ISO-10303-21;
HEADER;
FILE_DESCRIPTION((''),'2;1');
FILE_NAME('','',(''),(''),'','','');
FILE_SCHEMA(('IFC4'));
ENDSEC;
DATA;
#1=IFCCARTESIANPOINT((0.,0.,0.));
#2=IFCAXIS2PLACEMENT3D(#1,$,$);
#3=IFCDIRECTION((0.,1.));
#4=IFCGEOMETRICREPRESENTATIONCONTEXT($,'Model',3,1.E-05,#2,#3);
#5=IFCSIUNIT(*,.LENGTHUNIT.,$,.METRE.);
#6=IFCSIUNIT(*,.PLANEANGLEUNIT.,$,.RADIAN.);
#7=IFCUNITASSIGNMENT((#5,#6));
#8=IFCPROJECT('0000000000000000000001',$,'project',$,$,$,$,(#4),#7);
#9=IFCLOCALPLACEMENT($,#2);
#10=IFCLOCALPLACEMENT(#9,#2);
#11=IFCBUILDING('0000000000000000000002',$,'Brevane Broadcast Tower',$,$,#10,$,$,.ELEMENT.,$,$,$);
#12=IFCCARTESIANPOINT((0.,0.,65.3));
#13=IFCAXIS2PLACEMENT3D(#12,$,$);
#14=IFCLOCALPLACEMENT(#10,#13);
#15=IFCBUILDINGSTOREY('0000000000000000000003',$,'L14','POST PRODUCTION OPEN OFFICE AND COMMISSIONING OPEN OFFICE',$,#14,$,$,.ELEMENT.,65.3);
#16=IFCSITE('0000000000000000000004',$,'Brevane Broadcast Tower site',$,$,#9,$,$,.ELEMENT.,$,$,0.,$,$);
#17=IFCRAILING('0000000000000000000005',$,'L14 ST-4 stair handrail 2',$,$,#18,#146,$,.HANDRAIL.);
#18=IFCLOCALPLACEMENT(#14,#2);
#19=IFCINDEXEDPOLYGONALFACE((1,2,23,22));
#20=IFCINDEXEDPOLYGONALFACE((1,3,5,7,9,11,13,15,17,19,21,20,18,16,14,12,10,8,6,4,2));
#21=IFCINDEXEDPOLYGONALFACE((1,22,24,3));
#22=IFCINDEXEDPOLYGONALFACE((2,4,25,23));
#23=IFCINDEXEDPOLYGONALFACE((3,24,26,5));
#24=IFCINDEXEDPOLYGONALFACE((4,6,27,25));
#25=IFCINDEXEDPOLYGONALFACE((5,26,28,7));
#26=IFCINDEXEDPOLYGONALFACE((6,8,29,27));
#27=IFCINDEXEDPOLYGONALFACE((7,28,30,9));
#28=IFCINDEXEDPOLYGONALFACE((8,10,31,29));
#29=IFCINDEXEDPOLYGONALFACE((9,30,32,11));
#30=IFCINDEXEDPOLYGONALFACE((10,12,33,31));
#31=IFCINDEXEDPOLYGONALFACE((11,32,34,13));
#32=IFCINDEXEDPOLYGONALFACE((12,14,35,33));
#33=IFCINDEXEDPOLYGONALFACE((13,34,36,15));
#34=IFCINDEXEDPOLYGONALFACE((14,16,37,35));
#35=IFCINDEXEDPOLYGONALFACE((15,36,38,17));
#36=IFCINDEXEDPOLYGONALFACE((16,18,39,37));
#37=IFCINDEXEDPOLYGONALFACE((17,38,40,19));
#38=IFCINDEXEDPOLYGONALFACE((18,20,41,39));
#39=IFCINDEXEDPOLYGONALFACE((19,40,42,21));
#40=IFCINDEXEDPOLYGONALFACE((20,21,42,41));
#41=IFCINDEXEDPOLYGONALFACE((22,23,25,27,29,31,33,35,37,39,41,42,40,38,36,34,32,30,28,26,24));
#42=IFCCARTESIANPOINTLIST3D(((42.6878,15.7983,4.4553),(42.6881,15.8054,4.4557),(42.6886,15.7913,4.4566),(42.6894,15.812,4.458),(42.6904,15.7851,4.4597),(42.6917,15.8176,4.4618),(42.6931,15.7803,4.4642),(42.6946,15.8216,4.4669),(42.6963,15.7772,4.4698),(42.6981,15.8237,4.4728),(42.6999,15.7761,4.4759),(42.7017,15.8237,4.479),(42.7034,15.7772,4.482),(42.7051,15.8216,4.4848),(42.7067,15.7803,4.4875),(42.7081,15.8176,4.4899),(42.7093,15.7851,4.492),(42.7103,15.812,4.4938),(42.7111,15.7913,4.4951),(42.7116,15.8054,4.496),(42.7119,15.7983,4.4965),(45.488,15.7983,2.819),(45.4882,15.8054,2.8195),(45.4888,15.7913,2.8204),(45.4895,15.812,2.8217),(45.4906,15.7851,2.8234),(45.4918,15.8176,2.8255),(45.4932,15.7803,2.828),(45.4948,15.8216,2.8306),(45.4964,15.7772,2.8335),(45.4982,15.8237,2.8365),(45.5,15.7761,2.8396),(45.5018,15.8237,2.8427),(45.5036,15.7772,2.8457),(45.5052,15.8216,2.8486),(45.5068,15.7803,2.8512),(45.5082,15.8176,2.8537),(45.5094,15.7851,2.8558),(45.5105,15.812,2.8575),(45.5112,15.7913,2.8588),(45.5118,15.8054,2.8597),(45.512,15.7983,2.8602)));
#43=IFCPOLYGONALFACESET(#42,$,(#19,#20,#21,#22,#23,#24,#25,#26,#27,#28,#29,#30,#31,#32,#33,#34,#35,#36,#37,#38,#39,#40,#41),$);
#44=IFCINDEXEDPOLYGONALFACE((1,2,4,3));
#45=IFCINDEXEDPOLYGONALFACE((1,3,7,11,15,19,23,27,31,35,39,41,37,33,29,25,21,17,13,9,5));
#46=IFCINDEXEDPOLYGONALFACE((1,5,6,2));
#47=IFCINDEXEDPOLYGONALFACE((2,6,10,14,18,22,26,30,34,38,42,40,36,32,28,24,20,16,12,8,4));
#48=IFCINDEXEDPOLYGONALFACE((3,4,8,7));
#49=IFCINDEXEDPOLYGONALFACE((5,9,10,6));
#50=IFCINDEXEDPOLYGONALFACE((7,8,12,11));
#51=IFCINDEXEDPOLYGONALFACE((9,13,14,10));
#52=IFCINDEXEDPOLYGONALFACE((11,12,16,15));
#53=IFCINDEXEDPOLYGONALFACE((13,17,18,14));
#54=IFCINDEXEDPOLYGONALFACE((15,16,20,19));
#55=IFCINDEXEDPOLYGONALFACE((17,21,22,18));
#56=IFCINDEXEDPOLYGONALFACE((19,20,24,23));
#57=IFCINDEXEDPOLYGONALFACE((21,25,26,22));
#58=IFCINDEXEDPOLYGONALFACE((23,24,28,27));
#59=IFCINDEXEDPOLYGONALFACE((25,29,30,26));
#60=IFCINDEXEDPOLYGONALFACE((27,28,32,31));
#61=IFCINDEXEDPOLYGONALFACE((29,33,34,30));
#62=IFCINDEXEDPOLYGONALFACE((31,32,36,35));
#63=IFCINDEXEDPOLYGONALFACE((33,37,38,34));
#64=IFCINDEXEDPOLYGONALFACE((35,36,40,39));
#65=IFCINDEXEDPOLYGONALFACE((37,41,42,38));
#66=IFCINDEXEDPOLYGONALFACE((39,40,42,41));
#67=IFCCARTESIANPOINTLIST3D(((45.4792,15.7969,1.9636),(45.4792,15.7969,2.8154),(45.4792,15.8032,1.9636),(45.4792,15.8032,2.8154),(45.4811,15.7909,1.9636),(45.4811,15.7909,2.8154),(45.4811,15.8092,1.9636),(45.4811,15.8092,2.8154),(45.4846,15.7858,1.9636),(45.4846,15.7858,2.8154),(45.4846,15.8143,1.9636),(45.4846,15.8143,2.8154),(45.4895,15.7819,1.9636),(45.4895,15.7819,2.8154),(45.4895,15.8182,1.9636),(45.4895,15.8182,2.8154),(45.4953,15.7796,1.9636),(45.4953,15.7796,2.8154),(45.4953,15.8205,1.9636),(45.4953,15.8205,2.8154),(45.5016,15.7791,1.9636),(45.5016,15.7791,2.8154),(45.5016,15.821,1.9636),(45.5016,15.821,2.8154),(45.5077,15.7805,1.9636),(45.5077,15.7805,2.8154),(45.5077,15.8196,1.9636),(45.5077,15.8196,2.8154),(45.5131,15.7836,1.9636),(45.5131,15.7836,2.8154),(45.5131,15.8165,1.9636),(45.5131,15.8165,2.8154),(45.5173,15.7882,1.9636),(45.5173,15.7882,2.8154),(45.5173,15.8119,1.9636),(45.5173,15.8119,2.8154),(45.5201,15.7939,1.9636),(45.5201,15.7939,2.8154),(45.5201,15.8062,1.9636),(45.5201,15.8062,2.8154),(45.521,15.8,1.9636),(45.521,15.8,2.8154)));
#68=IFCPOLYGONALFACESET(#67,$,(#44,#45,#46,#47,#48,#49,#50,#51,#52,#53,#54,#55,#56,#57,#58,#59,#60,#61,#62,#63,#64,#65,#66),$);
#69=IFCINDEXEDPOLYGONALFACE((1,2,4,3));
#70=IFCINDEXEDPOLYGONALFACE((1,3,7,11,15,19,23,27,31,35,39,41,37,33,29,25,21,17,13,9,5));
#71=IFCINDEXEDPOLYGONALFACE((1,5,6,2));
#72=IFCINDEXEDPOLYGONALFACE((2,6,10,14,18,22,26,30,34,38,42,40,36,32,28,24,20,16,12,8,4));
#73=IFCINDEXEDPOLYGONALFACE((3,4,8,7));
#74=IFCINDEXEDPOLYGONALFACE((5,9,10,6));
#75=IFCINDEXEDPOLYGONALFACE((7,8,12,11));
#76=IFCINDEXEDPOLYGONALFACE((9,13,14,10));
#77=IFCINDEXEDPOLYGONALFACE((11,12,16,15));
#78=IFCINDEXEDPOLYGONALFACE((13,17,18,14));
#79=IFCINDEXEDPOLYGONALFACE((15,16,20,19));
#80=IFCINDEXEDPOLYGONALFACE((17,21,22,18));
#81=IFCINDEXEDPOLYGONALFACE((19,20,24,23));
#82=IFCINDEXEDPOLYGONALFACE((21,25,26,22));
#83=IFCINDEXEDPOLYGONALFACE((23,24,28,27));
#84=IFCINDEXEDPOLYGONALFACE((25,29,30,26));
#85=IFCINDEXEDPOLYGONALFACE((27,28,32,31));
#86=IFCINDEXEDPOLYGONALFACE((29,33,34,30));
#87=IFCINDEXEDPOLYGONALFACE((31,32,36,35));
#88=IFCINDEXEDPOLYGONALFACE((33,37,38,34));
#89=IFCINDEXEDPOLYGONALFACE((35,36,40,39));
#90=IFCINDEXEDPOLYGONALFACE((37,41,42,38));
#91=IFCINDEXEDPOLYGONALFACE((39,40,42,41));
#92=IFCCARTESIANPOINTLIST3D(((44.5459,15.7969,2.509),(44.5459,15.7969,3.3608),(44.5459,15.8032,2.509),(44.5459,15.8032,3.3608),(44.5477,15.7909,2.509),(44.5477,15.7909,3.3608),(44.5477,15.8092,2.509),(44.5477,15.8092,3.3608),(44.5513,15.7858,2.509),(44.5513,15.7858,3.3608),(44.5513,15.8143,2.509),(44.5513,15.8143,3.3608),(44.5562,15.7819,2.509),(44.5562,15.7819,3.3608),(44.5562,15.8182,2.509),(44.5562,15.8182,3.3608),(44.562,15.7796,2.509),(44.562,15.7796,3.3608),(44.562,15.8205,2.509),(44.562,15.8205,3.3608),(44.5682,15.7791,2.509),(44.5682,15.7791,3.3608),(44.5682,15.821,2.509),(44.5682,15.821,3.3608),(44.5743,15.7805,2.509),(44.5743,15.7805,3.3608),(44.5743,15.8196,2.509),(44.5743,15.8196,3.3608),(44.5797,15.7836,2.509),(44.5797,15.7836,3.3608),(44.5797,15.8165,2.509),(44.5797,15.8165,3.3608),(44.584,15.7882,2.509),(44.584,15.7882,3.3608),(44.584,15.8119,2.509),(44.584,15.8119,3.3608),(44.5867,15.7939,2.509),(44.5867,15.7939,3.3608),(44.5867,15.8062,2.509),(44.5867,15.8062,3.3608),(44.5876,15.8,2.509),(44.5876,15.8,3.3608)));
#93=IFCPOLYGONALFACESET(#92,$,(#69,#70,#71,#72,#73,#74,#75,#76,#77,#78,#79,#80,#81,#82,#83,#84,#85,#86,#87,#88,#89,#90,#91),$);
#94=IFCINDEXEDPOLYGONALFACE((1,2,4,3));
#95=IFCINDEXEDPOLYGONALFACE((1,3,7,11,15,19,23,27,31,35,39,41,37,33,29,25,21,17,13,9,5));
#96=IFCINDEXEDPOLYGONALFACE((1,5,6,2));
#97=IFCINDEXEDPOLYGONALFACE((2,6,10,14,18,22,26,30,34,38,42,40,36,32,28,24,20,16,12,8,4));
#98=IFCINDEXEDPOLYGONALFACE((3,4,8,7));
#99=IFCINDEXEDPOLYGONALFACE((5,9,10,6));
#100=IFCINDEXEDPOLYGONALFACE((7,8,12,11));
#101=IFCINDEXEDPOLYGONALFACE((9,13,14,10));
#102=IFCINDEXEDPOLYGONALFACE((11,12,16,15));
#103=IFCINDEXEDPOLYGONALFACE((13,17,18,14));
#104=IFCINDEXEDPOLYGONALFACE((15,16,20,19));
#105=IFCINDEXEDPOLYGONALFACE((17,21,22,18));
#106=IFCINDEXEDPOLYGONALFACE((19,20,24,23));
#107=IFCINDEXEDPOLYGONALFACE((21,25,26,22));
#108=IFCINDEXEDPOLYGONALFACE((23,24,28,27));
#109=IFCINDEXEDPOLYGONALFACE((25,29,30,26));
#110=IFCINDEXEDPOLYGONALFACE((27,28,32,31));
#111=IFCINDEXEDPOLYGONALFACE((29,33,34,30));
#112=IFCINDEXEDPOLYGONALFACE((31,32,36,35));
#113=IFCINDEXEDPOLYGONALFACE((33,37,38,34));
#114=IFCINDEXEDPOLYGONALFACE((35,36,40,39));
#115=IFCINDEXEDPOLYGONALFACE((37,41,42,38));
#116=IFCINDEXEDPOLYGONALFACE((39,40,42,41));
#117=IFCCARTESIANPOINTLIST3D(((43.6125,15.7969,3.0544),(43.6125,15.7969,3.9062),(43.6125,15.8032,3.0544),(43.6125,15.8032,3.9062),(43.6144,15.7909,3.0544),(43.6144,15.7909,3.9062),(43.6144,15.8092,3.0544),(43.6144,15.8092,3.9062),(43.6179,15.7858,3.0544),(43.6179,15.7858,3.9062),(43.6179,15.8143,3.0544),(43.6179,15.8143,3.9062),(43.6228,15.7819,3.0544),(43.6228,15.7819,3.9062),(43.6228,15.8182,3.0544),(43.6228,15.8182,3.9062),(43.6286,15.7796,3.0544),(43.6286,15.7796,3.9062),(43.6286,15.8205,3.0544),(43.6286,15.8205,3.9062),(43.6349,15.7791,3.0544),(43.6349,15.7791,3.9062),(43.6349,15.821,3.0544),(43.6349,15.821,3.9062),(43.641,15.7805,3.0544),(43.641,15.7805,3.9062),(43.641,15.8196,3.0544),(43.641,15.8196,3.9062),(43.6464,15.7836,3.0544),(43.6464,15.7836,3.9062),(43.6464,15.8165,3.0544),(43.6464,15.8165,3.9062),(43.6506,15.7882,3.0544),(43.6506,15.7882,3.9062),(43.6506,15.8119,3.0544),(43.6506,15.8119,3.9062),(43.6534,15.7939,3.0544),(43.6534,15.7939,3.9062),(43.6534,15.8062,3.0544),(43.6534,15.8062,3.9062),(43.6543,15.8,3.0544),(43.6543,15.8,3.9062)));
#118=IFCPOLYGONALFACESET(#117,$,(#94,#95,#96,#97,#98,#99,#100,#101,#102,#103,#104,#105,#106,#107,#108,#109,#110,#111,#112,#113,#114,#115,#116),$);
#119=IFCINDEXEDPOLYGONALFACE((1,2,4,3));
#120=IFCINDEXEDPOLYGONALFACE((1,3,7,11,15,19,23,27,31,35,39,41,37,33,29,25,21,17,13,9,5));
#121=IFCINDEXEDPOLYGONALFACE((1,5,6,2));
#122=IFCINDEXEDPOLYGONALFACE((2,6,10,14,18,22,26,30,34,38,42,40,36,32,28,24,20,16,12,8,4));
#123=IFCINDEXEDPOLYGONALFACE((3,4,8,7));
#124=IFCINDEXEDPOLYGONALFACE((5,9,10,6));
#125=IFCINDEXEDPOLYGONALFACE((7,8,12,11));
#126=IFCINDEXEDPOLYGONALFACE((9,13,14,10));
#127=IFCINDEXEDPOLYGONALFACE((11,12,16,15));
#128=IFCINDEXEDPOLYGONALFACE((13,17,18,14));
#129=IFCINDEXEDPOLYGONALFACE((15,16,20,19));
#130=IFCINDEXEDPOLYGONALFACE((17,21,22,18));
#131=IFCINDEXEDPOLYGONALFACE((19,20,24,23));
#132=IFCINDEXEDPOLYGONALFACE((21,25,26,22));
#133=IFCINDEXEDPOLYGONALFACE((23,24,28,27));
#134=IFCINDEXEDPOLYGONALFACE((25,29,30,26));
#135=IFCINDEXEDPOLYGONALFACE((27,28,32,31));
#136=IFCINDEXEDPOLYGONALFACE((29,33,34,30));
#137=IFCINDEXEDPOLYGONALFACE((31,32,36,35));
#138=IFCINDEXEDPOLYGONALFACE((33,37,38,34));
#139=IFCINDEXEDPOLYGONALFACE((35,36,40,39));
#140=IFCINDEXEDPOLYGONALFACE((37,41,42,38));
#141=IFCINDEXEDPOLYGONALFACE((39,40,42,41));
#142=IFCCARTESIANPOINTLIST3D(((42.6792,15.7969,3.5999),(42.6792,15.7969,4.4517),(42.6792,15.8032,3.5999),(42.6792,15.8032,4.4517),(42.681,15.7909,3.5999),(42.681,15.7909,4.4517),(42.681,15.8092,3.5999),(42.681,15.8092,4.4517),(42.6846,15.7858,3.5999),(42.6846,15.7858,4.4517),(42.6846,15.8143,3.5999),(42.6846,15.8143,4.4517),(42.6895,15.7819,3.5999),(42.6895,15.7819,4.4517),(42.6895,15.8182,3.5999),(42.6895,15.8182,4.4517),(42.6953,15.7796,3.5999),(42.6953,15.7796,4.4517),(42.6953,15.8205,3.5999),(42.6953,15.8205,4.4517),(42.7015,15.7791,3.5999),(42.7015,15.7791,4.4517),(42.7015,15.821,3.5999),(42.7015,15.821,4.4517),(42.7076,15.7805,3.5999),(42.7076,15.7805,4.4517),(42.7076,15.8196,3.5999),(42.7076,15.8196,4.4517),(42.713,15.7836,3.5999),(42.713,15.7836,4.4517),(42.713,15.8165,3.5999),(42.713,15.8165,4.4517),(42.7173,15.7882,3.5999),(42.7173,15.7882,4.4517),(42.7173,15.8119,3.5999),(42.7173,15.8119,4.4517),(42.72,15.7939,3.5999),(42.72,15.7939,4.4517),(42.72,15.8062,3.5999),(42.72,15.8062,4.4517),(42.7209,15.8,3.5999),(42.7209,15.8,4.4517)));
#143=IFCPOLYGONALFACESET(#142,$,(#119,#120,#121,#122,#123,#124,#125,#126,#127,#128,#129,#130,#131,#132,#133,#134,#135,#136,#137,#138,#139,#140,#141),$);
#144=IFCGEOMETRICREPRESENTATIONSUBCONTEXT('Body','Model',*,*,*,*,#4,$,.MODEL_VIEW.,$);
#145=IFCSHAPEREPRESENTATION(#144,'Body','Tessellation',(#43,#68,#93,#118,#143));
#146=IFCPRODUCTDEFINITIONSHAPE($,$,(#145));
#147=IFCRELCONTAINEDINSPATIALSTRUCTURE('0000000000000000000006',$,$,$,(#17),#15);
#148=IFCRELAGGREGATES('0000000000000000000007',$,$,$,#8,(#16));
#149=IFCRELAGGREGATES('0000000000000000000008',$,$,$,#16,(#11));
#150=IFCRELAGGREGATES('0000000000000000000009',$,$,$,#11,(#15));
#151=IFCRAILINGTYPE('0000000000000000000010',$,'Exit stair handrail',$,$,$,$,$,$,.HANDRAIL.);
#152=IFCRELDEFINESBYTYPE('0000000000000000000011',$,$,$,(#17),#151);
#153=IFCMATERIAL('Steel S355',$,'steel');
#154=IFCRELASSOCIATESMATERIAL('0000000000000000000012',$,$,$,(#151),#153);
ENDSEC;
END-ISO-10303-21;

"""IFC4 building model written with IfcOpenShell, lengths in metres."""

from ifc_helpers import new_model, si_unit, direction, frame, origin, origin_2d, place, context, subcontext, project, spatial, circle, extrude, material, type_object, element, save


model = new_model("IFC4")

# Units and contexts
model_context = context("Model", 3, precision=1e-05, world=origin(), true_north=direction((0.0, 1.0)))
body_context = subcontext(model_context, "Body", "Model", "MODEL_VIEW")
ifc_project = project(units=[si_unit("LENGTHUNIT", "METRE"), si_unit("PLANEANGLEUNIT", "RADIAN")], contexts=[model_context])

# Site, building, storey
site_placement = place(None, origin())
site = spatial("IfcSite", under=ifc_project, at=site_placement, Name="Brevane Broadcast Tower site", CompositionType="ELEMENT", RefElevation=0.0)
building_placement = place(site_placement, origin())
building = spatial("IfcBuilding", under=site, at=building_placement, Name="Brevane Broadcast Tower", CompositionType="ELEMENT")
storey_placement = place(building_placement, frame((0.0, 0.0, 65.3)))
storey = spatial("IfcBuildingStorey", under=building, at=storey_placement, Name="L14", Description="POST PRODUCTION OPEN OFFICE AND COMMISSIONING OPEN OFFICE", CompositionType="ELEMENT", Elevation=65.3)

# Railing
ifc_material_1 = material(Name="Steel S355", Category="steel")
railing_type_1 = type_object("IfcRailingType", Name="Exit stair handrail", PredefinedType="HANDRAIL", material=ifc_material_1)
railing_1_placement = place(storey_placement, frame((45.5, 15.8, 1.9636)))
element("IfcRailing", 1, at=railing_1_placement, inside=storey, type_object=railing_type_1, Name="L14 ST-4 stair handrail 2", PredefinedType="HANDRAIL", context=body_context, shape_type="SweptSolid", body=[
    extrude(circle(Radius=0.0239, at=origin_2d()), frame((0.0, 0.0, 0.876), z_axis=(-0.863394, 0.0, 0.504531), x_axis=(0.0, -1.0, 0.0)), (0.0, 0.0, 1.0), 3.2432),
    extrude(circle(Radius=0.021, at=origin_2d()), origin(), (0.0, 0.0, 1.0), 0.8518),
    extrude(circle(Radius=0.021, at=origin_2d()), frame((-0.9333, 0.0, 0.5454)), (0.0, 0.0, 1.0), 0.8518),
    extrude(circle(Radius=0.021, at=origin_2d()), frame((-1.8667, 0.0, 1.0908)), (0.0, 0.0, 1.0), 0.8518),
    extrude(circle(Radius=0.021, at=origin_2d()), frame((-2.8, 0.0, 1.6362)), (0.0, 0.0, 1.0), 0.8518),
])

save(model, "model.ifc")
